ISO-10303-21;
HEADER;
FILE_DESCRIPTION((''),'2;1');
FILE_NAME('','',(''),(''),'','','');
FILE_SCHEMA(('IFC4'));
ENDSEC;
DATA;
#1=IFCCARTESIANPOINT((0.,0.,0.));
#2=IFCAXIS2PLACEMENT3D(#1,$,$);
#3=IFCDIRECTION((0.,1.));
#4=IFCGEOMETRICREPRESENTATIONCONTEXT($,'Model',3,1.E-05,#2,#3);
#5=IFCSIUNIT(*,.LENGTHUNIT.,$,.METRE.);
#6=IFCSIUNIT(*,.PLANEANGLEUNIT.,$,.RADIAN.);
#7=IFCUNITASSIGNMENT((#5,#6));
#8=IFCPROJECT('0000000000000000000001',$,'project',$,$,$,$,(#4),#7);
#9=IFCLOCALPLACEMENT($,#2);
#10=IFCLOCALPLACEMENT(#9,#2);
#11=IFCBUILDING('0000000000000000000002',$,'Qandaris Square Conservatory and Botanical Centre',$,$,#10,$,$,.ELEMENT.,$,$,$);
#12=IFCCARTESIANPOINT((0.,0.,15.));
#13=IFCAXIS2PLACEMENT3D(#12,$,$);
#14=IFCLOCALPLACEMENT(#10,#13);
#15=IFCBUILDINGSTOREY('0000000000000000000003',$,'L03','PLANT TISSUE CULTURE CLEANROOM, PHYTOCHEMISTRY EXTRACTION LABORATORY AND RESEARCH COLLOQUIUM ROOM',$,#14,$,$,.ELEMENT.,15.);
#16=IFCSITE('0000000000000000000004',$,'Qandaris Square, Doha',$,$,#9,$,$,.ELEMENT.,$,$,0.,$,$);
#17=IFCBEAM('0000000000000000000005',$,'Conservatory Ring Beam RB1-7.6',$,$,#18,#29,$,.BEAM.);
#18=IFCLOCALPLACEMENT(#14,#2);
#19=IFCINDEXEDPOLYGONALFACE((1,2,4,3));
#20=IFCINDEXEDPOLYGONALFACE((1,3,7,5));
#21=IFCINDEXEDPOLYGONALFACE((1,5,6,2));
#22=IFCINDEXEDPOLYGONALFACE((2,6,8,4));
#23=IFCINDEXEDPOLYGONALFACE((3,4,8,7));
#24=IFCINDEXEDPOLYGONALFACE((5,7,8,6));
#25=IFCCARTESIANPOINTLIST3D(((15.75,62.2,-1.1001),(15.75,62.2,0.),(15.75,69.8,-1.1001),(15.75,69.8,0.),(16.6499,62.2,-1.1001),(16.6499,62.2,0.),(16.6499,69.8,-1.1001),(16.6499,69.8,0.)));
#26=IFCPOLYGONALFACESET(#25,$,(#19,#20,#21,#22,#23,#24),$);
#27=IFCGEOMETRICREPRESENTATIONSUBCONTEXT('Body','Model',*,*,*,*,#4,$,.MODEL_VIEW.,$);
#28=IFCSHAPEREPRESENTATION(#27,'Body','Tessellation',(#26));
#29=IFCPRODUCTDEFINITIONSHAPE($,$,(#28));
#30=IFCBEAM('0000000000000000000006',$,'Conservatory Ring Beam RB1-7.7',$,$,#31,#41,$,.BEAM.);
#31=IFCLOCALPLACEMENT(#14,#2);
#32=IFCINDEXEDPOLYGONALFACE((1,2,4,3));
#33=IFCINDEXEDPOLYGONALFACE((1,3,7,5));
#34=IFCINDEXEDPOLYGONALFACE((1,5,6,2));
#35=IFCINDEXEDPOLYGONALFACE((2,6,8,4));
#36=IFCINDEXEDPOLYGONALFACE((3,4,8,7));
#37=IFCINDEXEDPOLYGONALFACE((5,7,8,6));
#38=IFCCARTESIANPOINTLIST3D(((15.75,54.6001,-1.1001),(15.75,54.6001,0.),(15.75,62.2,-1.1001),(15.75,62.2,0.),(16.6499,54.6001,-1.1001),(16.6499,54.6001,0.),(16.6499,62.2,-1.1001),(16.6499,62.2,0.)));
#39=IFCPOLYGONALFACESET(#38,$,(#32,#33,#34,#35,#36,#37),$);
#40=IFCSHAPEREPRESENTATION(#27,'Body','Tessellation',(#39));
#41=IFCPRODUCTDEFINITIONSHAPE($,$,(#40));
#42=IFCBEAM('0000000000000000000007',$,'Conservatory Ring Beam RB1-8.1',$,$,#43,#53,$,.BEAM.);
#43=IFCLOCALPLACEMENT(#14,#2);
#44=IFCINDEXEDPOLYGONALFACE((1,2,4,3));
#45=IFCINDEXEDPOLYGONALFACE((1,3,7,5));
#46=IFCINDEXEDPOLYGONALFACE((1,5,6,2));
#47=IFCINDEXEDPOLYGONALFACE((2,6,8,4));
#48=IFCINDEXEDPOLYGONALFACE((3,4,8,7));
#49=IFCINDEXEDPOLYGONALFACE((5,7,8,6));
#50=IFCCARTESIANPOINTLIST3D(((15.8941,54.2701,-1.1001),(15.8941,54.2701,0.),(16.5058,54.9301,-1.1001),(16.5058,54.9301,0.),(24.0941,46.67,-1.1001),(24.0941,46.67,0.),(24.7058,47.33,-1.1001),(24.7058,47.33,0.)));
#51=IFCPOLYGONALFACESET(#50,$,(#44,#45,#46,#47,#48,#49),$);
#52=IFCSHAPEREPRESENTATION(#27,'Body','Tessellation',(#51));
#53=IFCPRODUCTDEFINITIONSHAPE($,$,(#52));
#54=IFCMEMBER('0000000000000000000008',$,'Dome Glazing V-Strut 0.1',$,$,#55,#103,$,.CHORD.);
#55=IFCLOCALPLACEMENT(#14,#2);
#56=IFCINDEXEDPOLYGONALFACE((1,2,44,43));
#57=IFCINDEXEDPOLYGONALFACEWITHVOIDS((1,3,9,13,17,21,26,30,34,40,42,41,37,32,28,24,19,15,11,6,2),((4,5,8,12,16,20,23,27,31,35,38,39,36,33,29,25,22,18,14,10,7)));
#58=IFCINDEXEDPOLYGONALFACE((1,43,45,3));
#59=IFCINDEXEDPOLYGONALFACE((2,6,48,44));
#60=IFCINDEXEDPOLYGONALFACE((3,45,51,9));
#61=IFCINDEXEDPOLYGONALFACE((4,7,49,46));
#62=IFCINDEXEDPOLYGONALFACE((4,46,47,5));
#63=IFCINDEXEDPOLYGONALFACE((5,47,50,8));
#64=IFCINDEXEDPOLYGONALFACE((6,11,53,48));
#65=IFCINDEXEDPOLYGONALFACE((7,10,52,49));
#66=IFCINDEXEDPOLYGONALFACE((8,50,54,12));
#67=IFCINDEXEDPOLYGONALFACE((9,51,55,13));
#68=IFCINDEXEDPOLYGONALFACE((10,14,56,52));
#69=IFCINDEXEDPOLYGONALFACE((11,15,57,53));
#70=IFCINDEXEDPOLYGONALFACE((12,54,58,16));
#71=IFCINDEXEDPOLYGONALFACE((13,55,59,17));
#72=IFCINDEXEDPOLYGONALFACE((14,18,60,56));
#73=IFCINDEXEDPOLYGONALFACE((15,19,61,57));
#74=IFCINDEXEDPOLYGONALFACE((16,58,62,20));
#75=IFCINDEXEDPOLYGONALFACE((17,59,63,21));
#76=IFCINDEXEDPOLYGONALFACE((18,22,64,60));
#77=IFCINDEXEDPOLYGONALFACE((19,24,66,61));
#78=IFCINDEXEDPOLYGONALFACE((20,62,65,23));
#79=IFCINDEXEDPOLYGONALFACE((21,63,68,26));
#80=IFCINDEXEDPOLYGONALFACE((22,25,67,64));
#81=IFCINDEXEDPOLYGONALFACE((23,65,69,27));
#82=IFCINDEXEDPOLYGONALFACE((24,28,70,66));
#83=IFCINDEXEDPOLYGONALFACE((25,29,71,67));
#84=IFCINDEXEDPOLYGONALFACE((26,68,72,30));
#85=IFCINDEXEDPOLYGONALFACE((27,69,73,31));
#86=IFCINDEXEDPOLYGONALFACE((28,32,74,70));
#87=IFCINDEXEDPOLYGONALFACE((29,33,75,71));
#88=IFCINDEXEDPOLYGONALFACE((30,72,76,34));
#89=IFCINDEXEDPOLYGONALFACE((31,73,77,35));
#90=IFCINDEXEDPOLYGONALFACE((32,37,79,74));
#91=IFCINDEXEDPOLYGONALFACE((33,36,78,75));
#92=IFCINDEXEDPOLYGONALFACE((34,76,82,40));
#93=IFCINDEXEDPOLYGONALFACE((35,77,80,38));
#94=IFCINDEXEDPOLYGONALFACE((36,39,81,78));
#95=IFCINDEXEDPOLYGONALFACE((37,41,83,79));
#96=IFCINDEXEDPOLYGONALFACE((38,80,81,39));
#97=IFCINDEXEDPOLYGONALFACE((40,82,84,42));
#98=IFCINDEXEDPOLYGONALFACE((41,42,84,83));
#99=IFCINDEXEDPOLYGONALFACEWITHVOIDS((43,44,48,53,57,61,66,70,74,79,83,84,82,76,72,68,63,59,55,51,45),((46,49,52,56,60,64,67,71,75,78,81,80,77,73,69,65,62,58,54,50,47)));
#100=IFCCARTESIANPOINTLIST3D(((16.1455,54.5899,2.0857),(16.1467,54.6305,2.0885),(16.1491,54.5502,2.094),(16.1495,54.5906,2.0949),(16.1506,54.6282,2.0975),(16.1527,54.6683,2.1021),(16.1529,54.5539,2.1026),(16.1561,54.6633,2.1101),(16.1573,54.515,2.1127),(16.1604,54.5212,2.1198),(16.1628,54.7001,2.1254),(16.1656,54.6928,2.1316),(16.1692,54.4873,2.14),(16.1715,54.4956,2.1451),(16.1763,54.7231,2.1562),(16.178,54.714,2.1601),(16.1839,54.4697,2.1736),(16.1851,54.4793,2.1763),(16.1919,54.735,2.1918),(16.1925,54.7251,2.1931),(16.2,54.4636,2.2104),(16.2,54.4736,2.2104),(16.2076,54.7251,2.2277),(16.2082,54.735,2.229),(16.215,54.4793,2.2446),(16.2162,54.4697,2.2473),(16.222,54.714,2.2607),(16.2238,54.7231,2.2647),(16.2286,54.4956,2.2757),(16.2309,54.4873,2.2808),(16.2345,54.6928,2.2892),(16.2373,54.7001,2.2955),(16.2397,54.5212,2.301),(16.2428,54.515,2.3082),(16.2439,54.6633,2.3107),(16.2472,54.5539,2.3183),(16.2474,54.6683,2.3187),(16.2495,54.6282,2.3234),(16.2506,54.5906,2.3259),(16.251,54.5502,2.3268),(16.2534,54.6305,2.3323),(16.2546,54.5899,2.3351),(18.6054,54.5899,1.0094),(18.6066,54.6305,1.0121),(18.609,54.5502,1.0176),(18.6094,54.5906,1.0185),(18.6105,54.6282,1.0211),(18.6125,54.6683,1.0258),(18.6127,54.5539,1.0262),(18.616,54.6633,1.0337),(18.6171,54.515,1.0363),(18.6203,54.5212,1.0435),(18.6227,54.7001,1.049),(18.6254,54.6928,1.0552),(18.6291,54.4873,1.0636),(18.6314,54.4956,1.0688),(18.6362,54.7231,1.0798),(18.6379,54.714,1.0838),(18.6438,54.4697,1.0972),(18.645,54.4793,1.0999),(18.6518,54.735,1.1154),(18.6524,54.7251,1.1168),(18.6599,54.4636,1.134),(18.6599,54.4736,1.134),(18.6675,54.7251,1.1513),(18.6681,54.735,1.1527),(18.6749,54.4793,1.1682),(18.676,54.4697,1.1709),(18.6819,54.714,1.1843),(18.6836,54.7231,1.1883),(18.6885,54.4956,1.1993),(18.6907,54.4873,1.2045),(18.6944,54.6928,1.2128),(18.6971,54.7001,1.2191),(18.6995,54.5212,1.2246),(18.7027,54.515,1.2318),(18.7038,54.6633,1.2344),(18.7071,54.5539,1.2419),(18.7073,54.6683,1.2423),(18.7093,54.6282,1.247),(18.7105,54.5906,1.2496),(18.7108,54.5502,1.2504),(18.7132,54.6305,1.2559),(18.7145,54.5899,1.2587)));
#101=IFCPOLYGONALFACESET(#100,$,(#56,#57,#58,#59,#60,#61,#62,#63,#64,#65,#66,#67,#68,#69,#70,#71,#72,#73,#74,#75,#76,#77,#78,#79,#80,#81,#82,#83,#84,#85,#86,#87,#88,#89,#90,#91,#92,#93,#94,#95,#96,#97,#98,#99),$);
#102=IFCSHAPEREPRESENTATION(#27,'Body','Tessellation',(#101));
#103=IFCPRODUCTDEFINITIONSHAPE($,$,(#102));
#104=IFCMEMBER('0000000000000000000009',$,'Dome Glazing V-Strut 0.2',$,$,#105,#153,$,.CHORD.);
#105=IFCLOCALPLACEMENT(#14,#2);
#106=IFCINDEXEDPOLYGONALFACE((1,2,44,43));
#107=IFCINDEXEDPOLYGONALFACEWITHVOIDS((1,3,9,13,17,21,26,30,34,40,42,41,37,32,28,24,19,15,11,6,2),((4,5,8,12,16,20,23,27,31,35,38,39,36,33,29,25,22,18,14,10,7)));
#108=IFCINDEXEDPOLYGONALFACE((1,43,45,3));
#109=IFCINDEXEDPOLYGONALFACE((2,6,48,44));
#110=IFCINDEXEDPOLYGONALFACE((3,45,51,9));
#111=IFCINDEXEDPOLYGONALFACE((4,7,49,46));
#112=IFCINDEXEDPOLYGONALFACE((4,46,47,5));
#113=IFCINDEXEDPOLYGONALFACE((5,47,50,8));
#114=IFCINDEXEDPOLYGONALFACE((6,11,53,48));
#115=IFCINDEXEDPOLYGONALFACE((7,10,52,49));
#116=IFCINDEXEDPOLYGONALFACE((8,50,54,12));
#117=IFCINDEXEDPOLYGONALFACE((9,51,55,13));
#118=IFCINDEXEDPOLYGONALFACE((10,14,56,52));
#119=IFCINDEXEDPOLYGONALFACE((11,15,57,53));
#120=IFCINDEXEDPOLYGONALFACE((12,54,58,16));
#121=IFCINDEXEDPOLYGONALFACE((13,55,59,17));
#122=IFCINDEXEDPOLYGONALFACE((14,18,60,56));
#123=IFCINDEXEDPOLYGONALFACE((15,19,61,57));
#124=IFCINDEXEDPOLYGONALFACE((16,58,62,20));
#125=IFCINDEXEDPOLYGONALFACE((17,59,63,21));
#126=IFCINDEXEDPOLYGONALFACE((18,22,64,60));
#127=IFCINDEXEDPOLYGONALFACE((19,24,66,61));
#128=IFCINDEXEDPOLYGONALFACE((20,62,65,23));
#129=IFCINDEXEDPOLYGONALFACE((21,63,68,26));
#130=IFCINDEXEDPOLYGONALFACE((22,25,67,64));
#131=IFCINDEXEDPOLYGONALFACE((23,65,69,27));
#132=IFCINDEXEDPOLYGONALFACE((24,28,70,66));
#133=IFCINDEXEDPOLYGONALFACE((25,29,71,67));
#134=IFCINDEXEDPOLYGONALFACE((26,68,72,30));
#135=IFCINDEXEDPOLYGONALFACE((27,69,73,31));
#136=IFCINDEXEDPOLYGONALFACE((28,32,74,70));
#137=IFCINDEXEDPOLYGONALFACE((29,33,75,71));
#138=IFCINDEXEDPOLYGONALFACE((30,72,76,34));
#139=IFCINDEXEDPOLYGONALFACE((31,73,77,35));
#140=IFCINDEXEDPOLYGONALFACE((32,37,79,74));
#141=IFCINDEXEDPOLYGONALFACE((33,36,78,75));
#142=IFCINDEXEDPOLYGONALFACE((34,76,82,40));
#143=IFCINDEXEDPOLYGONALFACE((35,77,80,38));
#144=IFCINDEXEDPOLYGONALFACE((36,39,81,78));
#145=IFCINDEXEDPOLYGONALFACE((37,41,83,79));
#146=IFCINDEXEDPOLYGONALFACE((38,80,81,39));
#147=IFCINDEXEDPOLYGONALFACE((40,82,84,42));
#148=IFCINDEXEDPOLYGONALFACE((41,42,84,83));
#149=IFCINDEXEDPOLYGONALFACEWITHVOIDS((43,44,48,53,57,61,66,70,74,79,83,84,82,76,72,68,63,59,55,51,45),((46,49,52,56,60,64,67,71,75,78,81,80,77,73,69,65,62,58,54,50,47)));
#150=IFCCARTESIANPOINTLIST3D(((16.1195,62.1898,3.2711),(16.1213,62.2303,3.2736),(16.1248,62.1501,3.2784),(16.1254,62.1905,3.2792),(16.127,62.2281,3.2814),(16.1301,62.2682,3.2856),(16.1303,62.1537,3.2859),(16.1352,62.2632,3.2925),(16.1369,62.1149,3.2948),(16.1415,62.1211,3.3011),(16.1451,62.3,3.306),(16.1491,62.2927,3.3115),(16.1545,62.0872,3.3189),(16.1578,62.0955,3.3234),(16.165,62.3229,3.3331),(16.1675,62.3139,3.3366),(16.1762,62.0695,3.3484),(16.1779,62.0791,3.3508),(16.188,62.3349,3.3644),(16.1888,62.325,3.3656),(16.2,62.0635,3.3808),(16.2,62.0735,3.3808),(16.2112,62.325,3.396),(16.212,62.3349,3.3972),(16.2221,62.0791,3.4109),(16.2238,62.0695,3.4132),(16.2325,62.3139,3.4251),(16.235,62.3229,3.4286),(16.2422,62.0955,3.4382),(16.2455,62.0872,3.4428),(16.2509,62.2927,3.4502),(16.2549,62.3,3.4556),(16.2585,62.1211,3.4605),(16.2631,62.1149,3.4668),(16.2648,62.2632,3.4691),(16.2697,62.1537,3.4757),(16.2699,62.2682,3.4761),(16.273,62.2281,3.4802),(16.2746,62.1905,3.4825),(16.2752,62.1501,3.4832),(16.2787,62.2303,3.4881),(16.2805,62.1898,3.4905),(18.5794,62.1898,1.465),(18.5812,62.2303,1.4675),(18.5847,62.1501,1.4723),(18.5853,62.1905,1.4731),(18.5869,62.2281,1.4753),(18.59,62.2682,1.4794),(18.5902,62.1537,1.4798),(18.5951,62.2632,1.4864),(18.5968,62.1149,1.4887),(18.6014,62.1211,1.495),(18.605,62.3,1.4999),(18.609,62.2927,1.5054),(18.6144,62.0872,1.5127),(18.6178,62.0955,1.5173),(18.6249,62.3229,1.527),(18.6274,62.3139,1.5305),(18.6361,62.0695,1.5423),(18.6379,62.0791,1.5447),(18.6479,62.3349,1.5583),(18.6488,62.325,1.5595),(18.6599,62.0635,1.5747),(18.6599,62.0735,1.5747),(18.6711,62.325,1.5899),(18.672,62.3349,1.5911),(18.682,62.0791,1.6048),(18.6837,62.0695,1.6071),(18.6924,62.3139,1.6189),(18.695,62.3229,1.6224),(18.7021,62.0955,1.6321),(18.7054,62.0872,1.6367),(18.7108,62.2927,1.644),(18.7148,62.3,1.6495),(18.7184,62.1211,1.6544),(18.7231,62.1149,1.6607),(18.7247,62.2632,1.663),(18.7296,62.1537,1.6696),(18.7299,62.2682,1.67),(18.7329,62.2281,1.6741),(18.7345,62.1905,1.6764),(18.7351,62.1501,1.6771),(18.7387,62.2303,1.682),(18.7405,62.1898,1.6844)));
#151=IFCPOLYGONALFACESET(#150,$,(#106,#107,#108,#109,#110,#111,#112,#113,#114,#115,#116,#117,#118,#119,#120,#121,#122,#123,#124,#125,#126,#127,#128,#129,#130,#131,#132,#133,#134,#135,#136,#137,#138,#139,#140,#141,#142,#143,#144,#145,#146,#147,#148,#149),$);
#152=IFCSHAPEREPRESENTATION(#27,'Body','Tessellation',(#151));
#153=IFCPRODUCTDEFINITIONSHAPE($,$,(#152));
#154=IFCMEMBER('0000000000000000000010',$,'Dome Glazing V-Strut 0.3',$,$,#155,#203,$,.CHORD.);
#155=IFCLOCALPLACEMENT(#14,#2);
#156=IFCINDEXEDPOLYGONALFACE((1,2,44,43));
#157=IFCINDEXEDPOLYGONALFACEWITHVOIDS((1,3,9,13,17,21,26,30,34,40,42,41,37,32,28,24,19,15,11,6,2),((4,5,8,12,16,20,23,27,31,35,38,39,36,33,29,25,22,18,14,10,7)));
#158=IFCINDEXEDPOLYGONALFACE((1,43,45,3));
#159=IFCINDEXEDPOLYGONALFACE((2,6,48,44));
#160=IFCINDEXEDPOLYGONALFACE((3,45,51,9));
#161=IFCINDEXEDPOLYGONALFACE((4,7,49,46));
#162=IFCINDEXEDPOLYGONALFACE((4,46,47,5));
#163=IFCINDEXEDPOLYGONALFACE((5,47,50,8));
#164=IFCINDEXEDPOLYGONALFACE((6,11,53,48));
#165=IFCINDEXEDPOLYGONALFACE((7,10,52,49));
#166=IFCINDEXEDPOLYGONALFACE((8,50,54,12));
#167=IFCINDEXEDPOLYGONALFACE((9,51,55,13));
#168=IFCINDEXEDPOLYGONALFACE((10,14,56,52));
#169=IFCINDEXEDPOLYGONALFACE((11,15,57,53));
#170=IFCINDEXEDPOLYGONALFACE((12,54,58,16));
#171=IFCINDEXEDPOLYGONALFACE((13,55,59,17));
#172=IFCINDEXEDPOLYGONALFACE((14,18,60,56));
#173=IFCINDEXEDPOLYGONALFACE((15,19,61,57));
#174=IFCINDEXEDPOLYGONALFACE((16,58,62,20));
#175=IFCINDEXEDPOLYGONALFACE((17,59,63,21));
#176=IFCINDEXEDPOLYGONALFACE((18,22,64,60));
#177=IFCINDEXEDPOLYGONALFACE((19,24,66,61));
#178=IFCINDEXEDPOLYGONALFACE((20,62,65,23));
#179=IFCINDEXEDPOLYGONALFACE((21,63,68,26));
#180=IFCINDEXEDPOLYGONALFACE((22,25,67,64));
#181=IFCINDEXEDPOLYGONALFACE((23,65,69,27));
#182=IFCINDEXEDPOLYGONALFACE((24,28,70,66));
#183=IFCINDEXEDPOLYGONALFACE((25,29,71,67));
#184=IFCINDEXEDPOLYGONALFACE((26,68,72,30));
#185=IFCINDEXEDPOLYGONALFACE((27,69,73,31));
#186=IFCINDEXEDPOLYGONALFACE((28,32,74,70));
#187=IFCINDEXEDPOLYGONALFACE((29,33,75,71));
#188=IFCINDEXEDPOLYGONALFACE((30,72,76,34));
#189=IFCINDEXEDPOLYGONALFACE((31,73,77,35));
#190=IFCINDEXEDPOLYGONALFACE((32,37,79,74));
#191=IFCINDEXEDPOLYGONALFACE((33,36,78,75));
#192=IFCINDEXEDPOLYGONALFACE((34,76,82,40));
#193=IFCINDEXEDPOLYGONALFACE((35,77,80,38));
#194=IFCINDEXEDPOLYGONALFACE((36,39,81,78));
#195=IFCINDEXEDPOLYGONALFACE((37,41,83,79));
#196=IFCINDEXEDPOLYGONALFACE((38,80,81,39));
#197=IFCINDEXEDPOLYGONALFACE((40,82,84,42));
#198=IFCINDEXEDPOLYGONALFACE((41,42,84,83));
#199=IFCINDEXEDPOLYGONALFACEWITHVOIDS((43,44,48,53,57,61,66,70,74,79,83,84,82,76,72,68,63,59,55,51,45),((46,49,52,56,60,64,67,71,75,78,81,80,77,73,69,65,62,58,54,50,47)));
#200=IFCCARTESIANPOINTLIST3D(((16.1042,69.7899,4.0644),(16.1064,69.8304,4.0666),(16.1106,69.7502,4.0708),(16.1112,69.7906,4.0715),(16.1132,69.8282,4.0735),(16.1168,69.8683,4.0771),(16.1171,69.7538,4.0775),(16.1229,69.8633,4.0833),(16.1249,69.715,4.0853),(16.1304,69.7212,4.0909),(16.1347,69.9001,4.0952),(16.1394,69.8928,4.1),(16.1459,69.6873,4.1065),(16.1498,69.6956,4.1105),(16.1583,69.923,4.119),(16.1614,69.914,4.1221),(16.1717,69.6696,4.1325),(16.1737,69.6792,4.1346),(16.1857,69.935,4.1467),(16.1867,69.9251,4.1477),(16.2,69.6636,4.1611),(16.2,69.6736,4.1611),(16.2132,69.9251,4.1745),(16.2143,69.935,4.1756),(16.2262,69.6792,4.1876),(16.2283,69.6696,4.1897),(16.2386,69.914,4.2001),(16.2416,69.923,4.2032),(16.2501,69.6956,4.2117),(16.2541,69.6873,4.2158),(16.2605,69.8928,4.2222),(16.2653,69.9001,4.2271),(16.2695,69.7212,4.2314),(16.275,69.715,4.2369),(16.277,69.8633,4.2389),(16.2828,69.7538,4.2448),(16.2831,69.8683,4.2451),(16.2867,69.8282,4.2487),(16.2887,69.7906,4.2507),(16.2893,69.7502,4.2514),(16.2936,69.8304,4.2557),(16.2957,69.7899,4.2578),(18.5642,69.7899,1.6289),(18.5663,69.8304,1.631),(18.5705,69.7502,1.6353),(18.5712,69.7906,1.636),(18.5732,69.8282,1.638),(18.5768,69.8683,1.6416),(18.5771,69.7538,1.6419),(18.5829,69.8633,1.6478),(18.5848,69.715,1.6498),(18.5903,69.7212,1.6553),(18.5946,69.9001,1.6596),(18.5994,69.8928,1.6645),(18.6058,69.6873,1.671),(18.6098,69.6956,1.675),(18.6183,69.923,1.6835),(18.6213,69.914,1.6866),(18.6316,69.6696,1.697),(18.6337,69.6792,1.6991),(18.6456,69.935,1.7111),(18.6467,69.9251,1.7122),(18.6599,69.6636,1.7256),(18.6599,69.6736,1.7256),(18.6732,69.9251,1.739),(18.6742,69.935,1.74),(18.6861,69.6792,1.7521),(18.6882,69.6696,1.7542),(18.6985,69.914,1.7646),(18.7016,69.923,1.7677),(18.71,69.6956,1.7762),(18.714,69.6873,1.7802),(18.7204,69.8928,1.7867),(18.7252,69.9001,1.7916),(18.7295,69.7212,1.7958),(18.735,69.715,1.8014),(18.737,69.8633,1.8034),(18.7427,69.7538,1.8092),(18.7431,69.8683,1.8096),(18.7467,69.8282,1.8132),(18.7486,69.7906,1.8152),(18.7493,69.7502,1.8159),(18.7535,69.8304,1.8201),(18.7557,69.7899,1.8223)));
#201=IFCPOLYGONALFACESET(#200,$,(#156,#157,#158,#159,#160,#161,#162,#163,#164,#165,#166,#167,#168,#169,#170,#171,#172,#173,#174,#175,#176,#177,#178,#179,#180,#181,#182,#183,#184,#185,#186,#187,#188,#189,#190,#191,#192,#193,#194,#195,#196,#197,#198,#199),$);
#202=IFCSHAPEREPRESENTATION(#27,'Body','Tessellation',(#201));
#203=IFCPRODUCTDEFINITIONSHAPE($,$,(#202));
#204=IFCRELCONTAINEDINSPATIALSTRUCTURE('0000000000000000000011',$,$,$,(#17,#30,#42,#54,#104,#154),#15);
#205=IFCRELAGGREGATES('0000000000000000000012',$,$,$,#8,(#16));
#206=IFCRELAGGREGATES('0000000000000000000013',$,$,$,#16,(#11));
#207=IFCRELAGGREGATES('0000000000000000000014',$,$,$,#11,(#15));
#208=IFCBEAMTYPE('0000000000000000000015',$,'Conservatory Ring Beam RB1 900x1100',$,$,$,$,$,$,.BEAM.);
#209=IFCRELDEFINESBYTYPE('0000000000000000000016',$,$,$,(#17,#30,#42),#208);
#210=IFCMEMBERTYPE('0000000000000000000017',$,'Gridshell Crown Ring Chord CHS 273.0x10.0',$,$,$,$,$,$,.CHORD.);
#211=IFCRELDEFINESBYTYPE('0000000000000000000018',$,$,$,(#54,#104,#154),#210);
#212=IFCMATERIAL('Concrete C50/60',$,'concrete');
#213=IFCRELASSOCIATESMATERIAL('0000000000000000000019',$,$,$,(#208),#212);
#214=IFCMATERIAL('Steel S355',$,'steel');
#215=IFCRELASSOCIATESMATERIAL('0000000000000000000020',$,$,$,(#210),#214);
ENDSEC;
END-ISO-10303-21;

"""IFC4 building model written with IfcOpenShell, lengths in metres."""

from ifc_helpers import new_model, si_unit, direction, frame, origin, origin_2d, place, context, subcontext, project, spatial, rectangle, hollow_circle, extrude, material, material_profile, profile_set, type_object, element, save


model = new_model("IFC4")

# Units and contexts
model_context = context("Model", 3, precision=1e-05, world=origin(), true_north=direction((0.0, 1.0)))
body_context = subcontext(model_context, "Body", "Model", "MODEL_VIEW")
ifc_project = project(units=[si_unit("LENGTHUNIT", "METRE"), si_unit("PLANEANGLEUNIT", "RADIAN")], contexts=[model_context])

# Site, building, storey
site_placement = place(None, origin())
site = spatial("IfcSite", under=ifc_project, at=site_placement, Name="Qandaris Square, Doha", CompositionType="ELEMENT", RefElevation=0.0)
building_placement = place(site_placement, origin())
building = spatial("IfcBuilding", under=site, at=building_placement, Name="Qandaris Square Conservatory and Botanical Centre", CompositionType="ELEMENT")
storey_placement = place(building_placement, frame((0.0, 0.0, 15.0)))
storey = spatial("IfcBuildingStorey", under=building, at=storey_placement, Name="L03", Description="PLANT TISSUE CULTURE CLEANROOM, PHYTOCHEMISTRY EXTRACTION LABORATORY AND RESEARCH COLLOQUIUM ROOM", CompositionType="ELEMENT", Elevation=15.0)

# Beams
ifc_material_1 = material(Name="Concrete C50/60", Category="concrete")
ifc_material_profile_1 = material_profile(ifc_material_1, rectangle(XDim=0.8999, YDim=1.1001, at=origin_2d()), Name="RC-RB 900x1100")
ifc_profile_set_1 = profile_set([ifc_material_profile_1], Name="Concrete C50/60")
beam_type = type_object("IfcBeamType", Name="Conservatory Ring Beam RB1 900x1100", PredefinedType="BEAM", material=ifc_profile_set_1)
beam_1_placement = place(storey_placement, frame((16.2, 69.8, -0.55), z_axis=(0.0, -1.0, 0.0), x_axis=(1.0, 0.0, 0.0)))
element("IfcBeam", 1, at=beam_1_placement, inside=storey, type_object=beam_type, Name="Conservatory Ring Beam RB1-7.6", PredefinedType="BEAM", context=body_context, shape_type="SweptSolid", body=[
    extrude(rectangle(XDim=0.8999, YDim=1.1001, at=origin_2d()), origin(), (0.0, 0.0, 1.0), 7.6001),
])
beam_2_placement = place(storey_placement, frame((16.2, 62.2, -0.55), z_axis=(0.0, -1.0, 0.0), x_axis=(1.0, 0.0, 0.0)))
element("IfcBeam", 2, at=beam_2_placement, inside=storey, type_object=beam_type, Name="Conservatory Ring Beam RB1-7.7", PredefinedType="BEAM", context=body_context, shape_type="SweptSolid", body=[
    extrude(rectangle(XDim=0.8999, YDim=1.1001, at=origin_2d()), origin(), (0.0, 0.0, 1.0), 7.5999),
])
beam_3_placement = place(storey_placement, frame((16.2, 54.6001, -0.55), z_axis=(0.733424, -0.679772, 0.0), x_axis=(0.679772, 0.733424, 0.0)))
element("IfcBeam", 3, at=beam_3_placement, inside=storey, type_object=beam_type, Name="Conservatory Ring Beam RB1-8.1", PredefinedType="BEAM", context=body_context, shape_type="SweptSolid", body=[
    extrude(rectangle(XDim=0.8999, YDim=1.1001, at=origin_2d()), origin(), (0.0, 0.0, 1.0), 11.1804),
])

# Members
ifc_material_2 = material(Name="Steel S355", Category="steel")
ifc_material_profile_2 = material_profile(ifc_material_2, hollow_circle(Radius=0.1365, WallThickness=0.01, at=origin_2d()), Name="CHS 273.0x10.0")
ifc_profile_set_2 = profile_set([ifc_material_profile_2], Name="Steel S355")
member_type_1 = type_object("IfcMemberType", Name="Gridshell Crown Ring Chord CHS 273.0x10.0", PredefinedType="CHORD", material=ifc_profile_set_2)
member_1_placement = place(storey_placement, frame((18.6599, 54.6001, 1.134), z_axis=(-0.916132, 0.0, 0.400876), x_axis=(0.0, -1.0, 0.0)))
element("IfcMember", 4, at=member_1_placement, inside=storey, type_object=member_type_1, Name="Dome Glazing V-Strut 0.1", PredefinedType="CHORD", context=body_context, shape_type="SweptSolid", body=[
    extrude(hollow_circle(Radius=0.1365, WallThickness=0.01, at=origin_2d()), origin(), (0.0, 0.0, 1.0), 2.6851),
])
member_2_placement = place(storey_placement, frame((18.6599, 62.2, 1.5747), z_axis=(-0.806064, 0.0, 0.591828), x_axis=(0.0, -1.0, 0.0)))
element("IfcMember", 5, at=member_2_placement, inside=storey, type_object=member_type_1, Name="Dome Glazing V-Strut 0.2", PredefinedType="CHORD", context=body_context, shape_type="SweptSolid", body=[
    extrude(hollow_circle(Radius=0.1365, WallThickness=0.01, at=origin_2d()), origin(), (0.0, 0.0, 1.0), 3.0518),
])
member_3_placement = place(storey_placement, frame((18.6599, 69.8, 1.7256), z_axis=(-0.710624, 0.0, 0.703572), x_axis=(0.0, -1.0, 0.0)))
element("IfcMember", 6, at=member_3_placement, inside=storey, type_object=member_type_1, Name="Dome Glazing V-Strut 0.3", PredefinedType="CHORD", context=body_context, shape_type="SweptSolid", body=[
    extrude(hollow_circle(Radius=0.1365, WallThickness=0.01, at=origin_2d()), origin(), (0.0, 0.0, 1.0), 3.4617),
])

save(model, "model.ifc")
